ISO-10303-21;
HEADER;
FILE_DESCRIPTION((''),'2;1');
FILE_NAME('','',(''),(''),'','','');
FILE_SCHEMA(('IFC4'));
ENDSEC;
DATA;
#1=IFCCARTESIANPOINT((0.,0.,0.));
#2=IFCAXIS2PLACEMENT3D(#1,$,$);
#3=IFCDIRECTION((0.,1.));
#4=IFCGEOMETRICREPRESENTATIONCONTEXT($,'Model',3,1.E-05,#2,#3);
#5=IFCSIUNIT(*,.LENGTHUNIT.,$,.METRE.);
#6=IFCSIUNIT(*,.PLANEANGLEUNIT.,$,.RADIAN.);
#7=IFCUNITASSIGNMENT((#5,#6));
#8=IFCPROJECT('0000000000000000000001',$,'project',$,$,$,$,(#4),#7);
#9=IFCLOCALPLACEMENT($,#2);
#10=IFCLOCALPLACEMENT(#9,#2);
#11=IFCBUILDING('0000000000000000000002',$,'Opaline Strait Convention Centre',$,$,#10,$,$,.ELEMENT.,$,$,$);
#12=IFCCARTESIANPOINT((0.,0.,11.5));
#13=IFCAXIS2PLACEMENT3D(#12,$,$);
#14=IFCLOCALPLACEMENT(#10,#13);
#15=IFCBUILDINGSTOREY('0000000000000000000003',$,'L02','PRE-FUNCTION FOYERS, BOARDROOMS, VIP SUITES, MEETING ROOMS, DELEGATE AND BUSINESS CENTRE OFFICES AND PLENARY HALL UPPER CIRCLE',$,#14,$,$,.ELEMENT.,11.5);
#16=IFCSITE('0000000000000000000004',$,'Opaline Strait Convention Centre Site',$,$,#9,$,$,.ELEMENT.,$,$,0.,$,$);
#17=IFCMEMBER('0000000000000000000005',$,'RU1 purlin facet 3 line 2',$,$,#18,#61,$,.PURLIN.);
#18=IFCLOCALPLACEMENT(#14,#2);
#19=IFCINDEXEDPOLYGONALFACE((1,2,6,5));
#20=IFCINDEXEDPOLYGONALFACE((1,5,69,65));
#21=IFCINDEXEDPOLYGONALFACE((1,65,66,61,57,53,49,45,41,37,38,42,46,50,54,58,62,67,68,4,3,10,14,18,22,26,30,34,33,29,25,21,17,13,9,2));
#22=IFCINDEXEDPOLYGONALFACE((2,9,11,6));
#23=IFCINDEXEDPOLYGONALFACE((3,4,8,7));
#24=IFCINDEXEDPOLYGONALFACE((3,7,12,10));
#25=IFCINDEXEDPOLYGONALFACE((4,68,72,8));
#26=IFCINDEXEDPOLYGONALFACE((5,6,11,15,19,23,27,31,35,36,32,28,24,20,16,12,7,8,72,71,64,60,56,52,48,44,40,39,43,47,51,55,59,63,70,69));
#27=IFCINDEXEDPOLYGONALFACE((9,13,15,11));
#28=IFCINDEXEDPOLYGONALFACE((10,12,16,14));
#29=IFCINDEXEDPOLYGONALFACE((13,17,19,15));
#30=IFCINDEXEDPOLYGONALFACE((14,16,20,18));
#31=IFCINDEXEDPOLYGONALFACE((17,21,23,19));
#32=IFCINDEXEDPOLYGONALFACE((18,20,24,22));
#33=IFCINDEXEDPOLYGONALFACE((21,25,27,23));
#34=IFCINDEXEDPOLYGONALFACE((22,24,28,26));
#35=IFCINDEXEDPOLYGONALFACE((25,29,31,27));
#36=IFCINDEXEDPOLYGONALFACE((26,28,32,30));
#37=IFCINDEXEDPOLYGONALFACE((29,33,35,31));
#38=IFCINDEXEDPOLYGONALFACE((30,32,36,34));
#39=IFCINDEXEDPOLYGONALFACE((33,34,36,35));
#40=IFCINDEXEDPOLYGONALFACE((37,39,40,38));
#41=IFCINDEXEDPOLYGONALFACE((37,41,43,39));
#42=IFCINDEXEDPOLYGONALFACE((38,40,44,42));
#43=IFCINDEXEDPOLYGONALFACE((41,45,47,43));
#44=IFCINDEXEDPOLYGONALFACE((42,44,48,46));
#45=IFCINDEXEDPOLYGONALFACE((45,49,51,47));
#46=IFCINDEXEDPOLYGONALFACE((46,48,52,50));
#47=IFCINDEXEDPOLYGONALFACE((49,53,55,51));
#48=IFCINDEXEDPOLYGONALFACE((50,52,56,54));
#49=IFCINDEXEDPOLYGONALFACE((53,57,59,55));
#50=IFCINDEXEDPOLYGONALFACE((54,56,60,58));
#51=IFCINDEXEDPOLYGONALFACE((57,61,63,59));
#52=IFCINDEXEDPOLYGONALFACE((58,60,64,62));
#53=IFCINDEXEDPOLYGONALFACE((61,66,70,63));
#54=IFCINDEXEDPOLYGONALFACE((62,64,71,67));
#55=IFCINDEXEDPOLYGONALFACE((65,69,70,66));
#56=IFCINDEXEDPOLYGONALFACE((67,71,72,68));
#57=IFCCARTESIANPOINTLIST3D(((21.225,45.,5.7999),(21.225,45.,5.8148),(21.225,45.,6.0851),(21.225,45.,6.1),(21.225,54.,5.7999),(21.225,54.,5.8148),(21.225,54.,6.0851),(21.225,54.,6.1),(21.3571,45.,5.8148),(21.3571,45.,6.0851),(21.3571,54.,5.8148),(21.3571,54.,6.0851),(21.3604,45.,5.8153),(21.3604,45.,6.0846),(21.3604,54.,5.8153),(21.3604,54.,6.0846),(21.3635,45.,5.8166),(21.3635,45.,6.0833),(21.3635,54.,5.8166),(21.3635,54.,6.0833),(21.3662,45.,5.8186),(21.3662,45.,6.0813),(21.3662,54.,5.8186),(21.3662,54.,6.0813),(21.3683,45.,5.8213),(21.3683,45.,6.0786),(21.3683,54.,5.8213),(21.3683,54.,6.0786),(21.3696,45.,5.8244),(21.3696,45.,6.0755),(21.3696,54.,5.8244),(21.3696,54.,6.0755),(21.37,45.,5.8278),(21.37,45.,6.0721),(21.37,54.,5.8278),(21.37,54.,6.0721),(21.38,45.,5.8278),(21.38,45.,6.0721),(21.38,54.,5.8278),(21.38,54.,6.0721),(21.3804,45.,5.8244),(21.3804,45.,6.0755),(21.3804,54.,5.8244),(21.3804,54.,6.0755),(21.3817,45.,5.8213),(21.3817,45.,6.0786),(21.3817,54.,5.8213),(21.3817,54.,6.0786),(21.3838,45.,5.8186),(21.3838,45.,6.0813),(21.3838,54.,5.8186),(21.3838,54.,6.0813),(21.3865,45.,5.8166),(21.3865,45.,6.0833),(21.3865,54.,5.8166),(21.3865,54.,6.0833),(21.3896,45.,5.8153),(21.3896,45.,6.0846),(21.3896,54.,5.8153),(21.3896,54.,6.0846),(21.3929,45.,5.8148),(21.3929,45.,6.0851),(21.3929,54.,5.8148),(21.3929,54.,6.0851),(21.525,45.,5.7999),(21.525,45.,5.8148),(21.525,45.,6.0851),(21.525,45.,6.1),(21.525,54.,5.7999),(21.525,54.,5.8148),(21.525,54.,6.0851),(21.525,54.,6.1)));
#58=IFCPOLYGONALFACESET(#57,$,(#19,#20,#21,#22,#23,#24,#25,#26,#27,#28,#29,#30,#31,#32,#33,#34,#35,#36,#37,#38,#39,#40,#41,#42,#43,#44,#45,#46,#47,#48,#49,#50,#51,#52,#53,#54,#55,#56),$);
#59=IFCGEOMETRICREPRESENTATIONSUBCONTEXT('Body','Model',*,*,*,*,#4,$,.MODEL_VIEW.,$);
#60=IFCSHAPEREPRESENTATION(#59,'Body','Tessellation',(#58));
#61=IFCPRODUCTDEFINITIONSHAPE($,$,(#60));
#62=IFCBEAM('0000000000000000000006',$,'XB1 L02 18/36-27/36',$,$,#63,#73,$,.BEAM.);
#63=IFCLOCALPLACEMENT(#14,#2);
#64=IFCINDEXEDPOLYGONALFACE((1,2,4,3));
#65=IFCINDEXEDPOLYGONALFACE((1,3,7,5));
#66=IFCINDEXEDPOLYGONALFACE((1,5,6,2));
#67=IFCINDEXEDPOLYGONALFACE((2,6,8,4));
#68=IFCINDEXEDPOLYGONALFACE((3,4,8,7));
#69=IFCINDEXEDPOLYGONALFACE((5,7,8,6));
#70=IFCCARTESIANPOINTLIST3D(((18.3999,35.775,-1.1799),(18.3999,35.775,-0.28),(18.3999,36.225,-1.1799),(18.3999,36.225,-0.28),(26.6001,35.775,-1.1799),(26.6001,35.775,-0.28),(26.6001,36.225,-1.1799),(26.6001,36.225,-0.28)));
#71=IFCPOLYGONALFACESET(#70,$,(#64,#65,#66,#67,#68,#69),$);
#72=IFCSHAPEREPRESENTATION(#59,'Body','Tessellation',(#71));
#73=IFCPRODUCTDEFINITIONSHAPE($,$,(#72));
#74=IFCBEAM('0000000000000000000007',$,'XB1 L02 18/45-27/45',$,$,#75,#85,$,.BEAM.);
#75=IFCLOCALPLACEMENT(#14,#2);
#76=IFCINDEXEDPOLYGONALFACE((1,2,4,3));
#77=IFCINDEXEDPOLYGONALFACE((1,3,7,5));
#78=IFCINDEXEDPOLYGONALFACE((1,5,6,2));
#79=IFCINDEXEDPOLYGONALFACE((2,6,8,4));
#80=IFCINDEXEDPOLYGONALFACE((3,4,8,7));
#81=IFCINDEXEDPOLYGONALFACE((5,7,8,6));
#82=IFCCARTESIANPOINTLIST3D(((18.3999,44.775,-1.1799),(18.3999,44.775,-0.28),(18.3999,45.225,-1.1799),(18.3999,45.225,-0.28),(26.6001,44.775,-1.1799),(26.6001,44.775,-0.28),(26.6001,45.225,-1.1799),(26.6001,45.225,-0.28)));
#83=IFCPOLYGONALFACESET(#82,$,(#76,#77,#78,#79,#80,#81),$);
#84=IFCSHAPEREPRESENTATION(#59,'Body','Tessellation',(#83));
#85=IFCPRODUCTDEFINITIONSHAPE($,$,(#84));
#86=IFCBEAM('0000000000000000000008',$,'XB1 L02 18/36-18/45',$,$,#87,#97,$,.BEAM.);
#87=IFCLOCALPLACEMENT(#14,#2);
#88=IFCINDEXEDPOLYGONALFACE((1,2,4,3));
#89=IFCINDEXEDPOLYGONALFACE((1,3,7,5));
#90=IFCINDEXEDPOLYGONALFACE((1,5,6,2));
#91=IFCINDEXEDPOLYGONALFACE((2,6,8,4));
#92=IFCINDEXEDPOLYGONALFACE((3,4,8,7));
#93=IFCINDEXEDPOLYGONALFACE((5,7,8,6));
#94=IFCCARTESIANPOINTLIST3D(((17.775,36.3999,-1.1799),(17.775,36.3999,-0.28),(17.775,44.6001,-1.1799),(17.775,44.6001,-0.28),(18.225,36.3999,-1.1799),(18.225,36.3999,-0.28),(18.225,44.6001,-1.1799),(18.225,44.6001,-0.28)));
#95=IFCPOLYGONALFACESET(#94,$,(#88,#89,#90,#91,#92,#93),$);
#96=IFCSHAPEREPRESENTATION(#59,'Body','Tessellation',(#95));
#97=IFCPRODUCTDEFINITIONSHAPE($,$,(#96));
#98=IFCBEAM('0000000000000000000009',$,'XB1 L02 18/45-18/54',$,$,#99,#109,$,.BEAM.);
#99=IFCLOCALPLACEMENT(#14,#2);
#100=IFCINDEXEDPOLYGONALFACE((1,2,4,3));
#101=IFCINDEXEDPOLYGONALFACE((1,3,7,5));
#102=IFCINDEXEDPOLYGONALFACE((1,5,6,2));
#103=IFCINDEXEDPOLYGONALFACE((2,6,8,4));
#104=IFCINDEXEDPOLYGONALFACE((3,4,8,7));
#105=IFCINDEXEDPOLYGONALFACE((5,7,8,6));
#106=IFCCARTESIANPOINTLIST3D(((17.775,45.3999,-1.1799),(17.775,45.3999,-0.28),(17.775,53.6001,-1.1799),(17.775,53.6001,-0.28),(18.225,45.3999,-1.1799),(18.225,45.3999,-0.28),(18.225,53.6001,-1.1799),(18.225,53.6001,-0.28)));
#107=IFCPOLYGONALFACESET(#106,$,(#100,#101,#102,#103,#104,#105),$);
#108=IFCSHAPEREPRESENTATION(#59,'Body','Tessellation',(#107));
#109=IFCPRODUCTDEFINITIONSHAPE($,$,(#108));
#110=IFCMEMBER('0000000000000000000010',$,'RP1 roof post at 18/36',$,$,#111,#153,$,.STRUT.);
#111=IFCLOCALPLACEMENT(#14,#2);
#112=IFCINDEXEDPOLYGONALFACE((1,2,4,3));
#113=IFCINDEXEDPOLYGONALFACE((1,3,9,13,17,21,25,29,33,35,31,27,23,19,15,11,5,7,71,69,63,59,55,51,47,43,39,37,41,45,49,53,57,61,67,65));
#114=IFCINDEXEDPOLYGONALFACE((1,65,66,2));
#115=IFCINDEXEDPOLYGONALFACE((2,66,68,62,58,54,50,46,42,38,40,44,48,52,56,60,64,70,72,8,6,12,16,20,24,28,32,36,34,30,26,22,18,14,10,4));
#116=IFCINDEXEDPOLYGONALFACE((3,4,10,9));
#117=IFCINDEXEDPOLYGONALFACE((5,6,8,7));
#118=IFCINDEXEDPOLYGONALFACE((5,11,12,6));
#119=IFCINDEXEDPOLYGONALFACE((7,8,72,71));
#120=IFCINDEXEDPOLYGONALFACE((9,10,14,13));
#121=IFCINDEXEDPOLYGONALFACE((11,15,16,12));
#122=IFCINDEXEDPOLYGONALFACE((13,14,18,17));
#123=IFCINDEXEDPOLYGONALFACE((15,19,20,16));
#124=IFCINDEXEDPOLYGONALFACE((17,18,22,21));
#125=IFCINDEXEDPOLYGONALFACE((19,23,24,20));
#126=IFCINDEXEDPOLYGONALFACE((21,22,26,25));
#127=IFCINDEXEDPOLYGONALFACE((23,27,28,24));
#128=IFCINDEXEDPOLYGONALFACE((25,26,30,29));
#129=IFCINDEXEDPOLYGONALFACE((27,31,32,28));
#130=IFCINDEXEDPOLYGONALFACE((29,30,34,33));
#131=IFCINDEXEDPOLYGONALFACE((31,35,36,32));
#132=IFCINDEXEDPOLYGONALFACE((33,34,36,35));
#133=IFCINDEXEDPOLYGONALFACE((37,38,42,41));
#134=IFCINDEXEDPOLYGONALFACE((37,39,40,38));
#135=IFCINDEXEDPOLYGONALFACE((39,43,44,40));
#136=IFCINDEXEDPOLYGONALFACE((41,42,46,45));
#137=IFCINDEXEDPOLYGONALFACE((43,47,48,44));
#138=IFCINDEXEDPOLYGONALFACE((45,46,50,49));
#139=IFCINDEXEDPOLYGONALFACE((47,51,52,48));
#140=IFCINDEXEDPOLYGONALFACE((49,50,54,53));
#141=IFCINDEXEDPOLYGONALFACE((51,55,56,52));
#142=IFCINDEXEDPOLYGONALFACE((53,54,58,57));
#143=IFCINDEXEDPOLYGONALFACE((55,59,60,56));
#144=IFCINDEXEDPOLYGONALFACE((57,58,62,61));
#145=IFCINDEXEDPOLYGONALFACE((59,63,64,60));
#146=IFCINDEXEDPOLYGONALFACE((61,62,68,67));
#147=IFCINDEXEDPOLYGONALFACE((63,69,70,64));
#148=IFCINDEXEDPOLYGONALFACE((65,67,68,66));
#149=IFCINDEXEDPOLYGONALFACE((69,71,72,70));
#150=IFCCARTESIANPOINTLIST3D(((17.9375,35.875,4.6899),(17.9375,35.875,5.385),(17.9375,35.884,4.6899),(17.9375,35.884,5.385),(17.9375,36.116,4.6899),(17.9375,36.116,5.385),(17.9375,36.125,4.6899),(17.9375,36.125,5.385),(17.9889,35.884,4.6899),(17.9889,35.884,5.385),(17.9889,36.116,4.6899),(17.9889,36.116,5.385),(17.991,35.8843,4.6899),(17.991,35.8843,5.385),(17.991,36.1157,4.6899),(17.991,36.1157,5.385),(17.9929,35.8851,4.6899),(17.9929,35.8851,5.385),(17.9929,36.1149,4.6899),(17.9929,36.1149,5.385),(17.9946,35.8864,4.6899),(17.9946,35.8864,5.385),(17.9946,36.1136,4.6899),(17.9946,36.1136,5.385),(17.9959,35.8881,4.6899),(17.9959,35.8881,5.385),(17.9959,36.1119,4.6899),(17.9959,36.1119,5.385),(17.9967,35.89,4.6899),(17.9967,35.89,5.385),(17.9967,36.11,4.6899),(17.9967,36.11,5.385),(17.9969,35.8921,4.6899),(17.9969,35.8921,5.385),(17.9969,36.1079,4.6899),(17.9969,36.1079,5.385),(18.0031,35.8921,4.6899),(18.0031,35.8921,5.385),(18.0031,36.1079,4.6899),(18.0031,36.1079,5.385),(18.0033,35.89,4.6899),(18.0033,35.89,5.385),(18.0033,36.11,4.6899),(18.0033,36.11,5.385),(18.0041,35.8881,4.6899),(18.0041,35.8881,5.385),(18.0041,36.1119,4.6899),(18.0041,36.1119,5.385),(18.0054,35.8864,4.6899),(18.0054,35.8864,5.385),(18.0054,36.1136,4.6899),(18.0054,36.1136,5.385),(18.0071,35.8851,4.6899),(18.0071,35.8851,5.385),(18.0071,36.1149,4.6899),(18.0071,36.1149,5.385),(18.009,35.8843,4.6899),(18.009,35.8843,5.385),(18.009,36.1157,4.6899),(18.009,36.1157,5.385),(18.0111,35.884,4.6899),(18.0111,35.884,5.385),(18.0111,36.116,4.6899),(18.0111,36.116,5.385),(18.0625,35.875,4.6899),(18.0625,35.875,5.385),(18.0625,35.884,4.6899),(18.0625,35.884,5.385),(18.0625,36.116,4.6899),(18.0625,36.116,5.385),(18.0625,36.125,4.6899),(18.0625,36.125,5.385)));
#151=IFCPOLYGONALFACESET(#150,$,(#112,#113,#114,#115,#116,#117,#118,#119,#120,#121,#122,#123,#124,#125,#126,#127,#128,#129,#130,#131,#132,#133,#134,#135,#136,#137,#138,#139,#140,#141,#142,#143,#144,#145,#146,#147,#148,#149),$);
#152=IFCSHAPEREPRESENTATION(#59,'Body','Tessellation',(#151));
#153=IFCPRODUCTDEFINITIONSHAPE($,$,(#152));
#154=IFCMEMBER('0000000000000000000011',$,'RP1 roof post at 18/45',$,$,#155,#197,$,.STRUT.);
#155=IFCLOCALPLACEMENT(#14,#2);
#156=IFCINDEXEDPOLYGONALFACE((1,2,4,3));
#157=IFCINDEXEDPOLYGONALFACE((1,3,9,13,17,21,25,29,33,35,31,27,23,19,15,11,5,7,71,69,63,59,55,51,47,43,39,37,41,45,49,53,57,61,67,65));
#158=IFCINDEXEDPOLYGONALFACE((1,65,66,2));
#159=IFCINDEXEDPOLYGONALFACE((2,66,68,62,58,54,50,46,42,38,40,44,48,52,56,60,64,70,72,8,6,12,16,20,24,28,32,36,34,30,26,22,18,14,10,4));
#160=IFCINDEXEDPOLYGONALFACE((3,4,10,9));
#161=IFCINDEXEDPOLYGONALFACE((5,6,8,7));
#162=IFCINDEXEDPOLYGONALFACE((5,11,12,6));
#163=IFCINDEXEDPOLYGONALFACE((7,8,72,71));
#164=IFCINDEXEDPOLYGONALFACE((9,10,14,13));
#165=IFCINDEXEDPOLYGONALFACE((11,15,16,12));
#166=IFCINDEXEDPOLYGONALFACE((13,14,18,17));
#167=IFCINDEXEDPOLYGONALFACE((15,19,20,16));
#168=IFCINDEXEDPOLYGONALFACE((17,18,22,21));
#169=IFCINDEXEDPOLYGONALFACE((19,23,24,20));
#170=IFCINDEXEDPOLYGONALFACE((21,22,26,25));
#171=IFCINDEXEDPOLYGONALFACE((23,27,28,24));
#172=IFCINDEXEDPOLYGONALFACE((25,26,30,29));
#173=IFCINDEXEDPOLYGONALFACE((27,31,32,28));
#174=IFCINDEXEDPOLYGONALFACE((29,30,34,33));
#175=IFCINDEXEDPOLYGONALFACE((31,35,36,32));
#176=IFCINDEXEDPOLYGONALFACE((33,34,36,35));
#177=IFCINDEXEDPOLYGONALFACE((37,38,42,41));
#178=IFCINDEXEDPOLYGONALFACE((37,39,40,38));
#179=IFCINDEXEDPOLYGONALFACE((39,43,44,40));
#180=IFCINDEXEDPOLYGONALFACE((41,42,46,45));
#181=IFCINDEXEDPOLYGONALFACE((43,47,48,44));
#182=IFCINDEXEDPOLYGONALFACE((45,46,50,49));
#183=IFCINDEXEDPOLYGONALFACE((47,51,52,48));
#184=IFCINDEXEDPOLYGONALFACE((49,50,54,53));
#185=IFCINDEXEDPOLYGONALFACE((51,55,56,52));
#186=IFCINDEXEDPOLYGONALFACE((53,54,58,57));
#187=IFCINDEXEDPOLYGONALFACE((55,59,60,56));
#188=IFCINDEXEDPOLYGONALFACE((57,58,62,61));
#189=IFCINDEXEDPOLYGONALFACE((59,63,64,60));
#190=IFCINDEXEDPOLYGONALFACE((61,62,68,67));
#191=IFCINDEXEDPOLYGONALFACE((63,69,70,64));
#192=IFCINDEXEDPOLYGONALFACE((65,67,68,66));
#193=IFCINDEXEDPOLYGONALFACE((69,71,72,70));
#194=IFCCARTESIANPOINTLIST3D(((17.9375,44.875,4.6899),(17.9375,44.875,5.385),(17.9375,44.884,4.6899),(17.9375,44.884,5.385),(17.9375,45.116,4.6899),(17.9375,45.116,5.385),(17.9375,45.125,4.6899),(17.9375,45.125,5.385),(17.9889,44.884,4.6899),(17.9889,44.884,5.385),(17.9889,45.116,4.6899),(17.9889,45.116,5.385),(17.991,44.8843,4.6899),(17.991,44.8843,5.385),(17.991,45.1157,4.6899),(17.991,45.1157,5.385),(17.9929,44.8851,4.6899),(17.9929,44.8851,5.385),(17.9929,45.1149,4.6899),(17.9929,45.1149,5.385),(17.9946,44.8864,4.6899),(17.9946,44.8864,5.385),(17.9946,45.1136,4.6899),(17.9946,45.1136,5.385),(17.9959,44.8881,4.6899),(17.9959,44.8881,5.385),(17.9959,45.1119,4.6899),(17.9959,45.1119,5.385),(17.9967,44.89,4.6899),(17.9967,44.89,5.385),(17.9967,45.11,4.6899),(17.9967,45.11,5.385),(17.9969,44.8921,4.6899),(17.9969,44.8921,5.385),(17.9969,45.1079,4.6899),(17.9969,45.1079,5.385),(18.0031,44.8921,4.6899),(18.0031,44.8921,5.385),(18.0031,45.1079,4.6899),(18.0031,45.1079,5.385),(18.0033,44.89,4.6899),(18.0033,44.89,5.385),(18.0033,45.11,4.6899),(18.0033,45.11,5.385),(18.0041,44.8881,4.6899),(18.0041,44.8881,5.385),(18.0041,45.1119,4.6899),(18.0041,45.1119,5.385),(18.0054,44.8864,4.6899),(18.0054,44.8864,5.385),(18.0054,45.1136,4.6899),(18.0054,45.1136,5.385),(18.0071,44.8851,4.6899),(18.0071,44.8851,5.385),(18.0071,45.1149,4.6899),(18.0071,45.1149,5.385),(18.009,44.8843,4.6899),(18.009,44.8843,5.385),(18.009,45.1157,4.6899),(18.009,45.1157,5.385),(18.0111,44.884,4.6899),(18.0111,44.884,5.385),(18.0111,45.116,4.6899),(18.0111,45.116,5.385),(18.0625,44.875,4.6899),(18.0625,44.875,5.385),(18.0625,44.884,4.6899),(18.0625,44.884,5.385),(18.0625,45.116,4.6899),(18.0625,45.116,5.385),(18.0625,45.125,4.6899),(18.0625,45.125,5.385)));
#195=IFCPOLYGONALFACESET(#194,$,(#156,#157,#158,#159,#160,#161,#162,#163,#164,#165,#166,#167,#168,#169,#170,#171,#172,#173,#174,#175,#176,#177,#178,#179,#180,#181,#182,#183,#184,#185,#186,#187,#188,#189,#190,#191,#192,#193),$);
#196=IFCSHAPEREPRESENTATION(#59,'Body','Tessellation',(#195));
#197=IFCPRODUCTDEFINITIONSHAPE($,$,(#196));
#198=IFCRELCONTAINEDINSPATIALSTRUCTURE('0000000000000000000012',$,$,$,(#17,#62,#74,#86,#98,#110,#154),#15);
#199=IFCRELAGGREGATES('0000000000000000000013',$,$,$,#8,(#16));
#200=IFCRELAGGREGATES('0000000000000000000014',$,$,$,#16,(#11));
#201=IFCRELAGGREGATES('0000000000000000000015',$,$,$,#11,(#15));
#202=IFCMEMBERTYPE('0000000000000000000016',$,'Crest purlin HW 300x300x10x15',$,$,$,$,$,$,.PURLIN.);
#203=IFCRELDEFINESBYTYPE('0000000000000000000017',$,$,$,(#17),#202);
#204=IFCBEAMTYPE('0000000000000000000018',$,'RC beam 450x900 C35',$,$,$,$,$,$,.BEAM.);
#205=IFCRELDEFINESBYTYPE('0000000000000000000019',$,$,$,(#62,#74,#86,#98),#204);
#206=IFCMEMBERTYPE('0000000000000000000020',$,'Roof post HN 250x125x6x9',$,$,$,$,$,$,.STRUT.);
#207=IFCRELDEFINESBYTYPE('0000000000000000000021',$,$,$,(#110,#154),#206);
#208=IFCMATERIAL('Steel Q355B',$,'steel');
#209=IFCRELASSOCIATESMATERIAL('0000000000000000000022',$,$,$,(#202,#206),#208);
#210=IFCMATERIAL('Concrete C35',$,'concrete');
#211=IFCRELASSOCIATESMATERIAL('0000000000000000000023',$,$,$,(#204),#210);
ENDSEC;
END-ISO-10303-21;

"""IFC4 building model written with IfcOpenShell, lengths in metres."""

from ifc_helpers import new_model, si_unit, direction, frame, origin, origin_2d, place, context, subcontext, project, spatial, rectangle, i_section, extrude, material, material_profile, profile_set, type_object, element, save


model = new_model("IFC4")

# Units and contexts
model_context = context("Model", 3, precision=1e-05, world=origin(), true_north=direction((0.0, 1.0)))
body_context = subcontext(model_context, "Body", "Model", "MODEL_VIEW")
ifc_project = project(units=[si_unit("LENGTHUNIT", "METRE"), si_unit("PLANEANGLEUNIT", "RADIAN")], contexts=[model_context])

# Site, building, storey
site_placement = place(None, origin())
site = spatial("IfcSite", under=ifc_project, at=site_placement, Name="Opaline Strait Convention Centre Site", CompositionType="ELEMENT", RefElevation=0.0)
building_placement = place(site_placement, origin())
building = spatial("IfcBuilding", under=site, at=building_placement, Name="Opaline Strait Convention Centre", CompositionType="ELEMENT")
storey_placement = place(building_placement, frame((0.0, 0.0, 11.5)))
storey = spatial("IfcBuildingStorey", under=building, at=storey_placement, Name="L02", Description="PRE-FUNCTION FOYERS, BOARDROOMS, VIP SUITES, MEETING ROOMS, DELEGATE AND BUSINESS CENTRE OFFICES AND PLENARY HALL UPPER CIRCLE", CompositionType="ELEMENT", Elevation=11.5)

# Member
ifc_material_1 = material(Name="Steel Q355B", Category="steel")
ifc_material_profile_1 = material_profile(ifc_material_1, i_section(OverallWidth=0.3, OverallDepth=0.3, WebThickness=0.01, FlangeThickness=0.0149, FilletRadius=0.0129, at=origin_2d()), Name="HW 300x300x10x15")
ifc_profile_set_1 = profile_set([ifc_material_profile_1], Name="Steel Q355B")
member_type_1 = type_object("IfcMemberType", Name="Crest purlin HW 300x300x10x15", PredefinedType="PURLIN", material=ifc_profile_set_1)
for number, where, z_axis, x_axis, name in (
    (1, (21.375, 45.0, 5.95), (0.0, 1.0, 0.0), (-1.0, 0.0, 0.0), "RU1 purlin facet 3 line 2"),
):
    element("IfcMember", number, at=place(storey_placement, frame(where, z_axis=z_axis, x_axis=x_axis)), inside=storey, type_object=member_type_1, Name=name, PredefinedType="PURLIN", context=body_context, shape_type="SweptSolid", body=[
        extrude(i_section(OverallWidth=0.3, OverallDepth=0.3, WebThickness=0.01, FlangeThickness=0.0149, FilletRadius=0.0129, at=origin_2d()), origin(), (0.0, 0.0, 1.0), 9.0),
    ])

# Beams
ifc_material_2 = material(Name="Concrete C35", Category="concrete")
ifc_material_profile_2 = material_profile(ifc_material_2, rectangle(XDim=0.45, YDim=0.8999, at=origin_2d()), Name="RC 450x900")
ifc_profile_set_2 = profile_set([ifc_material_profile_2], Name="Concrete C35")
beam_type = type_object("IfcBeamType", Name="RC beam 450x900 C35", PredefinedType="BEAM", material=ifc_profile_set_2)
for number, where, z_axis, x_axis, name in (
    (2, (18.3999, 36.0, -0.73), (1.0, 0.0, 0.0), (0.0, 1.0, 0.0), "XB1 L02 18/36-27/36"),
    (3, (18.3999, 45.0, -0.73), (1.0, 0.0, 0.0), (0.0, 1.0, 0.0), "XB1 L02 18/45-27/45"),
    (4, (18.0, 36.3999, -0.73), (0.0, 1.0, 0.0), (-1.0, 0.0, 0.0), "XB1 L02 18/36-18/45"),
    (5, (18.0, 45.3999, -0.73), (0.0, 1.0, 0.0), (-1.0, 0.0, 0.0), "XB1 L02 18/45-18/54"),
):
    element("IfcBeam", number, at=place(storey_placement, frame(where, z_axis=z_axis, x_axis=x_axis)), inside=storey, type_object=beam_type, Name=name, PredefinedType="BEAM", context=body_context, shape_type="SweptSolid", body=[
        extrude(rectangle(XDim=0.45, YDim=0.8999, at=origin_2d()), origin(), (0.0, 0.0, 1.0), 8.2002),
    ])

# Members
ifc_material_profile_3 = material_profile(ifc_material_1, i_section(OverallWidth=0.125, OverallDepth=0.25, WebThickness=0.0061, FlangeThickness=0.009, FilletRadius=0.0081, at=origin_2d()), Name="HN 250x125x6x9")
ifc_profile_set_3 = profile_set([ifc_material_profile_3], Name="Steel Q355B")
member_type_2 = type_object("IfcMemberType", Name="Roof post HN 250x125x6x9", PredefinedType="STRUT", material=ifc_profile_set_3)
for number, where, z_axis, x_axis, name in (
    (6, (18.0, 36.0, 4.6899), (0.0, 0.0, 1.0), (1.0, 0.0, 0.0), "RP1 roof post at 18/36"),
    (7, (18.0, 45.0, 4.6899), (0.0, 0.0, 1.0), (1.0, 0.0, 0.0), "RP1 roof post at 18/45"),
):
    element("IfcMember", number, at=place(storey_placement, frame(where, z_axis=z_axis, x_axis=x_axis)), inside=storey, type_object=member_type_2, Name=name, PredefinedType="STRUT", context=body_context, shape_type="SweptSolid", body=[
        extrude(i_section(OverallWidth=0.125, OverallDepth=0.25, WebThickness=0.0061, FlangeThickness=0.009, FilletRadius=0.0081, at=origin_2d()), origin(), (0.0, 0.0, 1.0), 0.6951),
    ])

save(model, "model.ifc")
